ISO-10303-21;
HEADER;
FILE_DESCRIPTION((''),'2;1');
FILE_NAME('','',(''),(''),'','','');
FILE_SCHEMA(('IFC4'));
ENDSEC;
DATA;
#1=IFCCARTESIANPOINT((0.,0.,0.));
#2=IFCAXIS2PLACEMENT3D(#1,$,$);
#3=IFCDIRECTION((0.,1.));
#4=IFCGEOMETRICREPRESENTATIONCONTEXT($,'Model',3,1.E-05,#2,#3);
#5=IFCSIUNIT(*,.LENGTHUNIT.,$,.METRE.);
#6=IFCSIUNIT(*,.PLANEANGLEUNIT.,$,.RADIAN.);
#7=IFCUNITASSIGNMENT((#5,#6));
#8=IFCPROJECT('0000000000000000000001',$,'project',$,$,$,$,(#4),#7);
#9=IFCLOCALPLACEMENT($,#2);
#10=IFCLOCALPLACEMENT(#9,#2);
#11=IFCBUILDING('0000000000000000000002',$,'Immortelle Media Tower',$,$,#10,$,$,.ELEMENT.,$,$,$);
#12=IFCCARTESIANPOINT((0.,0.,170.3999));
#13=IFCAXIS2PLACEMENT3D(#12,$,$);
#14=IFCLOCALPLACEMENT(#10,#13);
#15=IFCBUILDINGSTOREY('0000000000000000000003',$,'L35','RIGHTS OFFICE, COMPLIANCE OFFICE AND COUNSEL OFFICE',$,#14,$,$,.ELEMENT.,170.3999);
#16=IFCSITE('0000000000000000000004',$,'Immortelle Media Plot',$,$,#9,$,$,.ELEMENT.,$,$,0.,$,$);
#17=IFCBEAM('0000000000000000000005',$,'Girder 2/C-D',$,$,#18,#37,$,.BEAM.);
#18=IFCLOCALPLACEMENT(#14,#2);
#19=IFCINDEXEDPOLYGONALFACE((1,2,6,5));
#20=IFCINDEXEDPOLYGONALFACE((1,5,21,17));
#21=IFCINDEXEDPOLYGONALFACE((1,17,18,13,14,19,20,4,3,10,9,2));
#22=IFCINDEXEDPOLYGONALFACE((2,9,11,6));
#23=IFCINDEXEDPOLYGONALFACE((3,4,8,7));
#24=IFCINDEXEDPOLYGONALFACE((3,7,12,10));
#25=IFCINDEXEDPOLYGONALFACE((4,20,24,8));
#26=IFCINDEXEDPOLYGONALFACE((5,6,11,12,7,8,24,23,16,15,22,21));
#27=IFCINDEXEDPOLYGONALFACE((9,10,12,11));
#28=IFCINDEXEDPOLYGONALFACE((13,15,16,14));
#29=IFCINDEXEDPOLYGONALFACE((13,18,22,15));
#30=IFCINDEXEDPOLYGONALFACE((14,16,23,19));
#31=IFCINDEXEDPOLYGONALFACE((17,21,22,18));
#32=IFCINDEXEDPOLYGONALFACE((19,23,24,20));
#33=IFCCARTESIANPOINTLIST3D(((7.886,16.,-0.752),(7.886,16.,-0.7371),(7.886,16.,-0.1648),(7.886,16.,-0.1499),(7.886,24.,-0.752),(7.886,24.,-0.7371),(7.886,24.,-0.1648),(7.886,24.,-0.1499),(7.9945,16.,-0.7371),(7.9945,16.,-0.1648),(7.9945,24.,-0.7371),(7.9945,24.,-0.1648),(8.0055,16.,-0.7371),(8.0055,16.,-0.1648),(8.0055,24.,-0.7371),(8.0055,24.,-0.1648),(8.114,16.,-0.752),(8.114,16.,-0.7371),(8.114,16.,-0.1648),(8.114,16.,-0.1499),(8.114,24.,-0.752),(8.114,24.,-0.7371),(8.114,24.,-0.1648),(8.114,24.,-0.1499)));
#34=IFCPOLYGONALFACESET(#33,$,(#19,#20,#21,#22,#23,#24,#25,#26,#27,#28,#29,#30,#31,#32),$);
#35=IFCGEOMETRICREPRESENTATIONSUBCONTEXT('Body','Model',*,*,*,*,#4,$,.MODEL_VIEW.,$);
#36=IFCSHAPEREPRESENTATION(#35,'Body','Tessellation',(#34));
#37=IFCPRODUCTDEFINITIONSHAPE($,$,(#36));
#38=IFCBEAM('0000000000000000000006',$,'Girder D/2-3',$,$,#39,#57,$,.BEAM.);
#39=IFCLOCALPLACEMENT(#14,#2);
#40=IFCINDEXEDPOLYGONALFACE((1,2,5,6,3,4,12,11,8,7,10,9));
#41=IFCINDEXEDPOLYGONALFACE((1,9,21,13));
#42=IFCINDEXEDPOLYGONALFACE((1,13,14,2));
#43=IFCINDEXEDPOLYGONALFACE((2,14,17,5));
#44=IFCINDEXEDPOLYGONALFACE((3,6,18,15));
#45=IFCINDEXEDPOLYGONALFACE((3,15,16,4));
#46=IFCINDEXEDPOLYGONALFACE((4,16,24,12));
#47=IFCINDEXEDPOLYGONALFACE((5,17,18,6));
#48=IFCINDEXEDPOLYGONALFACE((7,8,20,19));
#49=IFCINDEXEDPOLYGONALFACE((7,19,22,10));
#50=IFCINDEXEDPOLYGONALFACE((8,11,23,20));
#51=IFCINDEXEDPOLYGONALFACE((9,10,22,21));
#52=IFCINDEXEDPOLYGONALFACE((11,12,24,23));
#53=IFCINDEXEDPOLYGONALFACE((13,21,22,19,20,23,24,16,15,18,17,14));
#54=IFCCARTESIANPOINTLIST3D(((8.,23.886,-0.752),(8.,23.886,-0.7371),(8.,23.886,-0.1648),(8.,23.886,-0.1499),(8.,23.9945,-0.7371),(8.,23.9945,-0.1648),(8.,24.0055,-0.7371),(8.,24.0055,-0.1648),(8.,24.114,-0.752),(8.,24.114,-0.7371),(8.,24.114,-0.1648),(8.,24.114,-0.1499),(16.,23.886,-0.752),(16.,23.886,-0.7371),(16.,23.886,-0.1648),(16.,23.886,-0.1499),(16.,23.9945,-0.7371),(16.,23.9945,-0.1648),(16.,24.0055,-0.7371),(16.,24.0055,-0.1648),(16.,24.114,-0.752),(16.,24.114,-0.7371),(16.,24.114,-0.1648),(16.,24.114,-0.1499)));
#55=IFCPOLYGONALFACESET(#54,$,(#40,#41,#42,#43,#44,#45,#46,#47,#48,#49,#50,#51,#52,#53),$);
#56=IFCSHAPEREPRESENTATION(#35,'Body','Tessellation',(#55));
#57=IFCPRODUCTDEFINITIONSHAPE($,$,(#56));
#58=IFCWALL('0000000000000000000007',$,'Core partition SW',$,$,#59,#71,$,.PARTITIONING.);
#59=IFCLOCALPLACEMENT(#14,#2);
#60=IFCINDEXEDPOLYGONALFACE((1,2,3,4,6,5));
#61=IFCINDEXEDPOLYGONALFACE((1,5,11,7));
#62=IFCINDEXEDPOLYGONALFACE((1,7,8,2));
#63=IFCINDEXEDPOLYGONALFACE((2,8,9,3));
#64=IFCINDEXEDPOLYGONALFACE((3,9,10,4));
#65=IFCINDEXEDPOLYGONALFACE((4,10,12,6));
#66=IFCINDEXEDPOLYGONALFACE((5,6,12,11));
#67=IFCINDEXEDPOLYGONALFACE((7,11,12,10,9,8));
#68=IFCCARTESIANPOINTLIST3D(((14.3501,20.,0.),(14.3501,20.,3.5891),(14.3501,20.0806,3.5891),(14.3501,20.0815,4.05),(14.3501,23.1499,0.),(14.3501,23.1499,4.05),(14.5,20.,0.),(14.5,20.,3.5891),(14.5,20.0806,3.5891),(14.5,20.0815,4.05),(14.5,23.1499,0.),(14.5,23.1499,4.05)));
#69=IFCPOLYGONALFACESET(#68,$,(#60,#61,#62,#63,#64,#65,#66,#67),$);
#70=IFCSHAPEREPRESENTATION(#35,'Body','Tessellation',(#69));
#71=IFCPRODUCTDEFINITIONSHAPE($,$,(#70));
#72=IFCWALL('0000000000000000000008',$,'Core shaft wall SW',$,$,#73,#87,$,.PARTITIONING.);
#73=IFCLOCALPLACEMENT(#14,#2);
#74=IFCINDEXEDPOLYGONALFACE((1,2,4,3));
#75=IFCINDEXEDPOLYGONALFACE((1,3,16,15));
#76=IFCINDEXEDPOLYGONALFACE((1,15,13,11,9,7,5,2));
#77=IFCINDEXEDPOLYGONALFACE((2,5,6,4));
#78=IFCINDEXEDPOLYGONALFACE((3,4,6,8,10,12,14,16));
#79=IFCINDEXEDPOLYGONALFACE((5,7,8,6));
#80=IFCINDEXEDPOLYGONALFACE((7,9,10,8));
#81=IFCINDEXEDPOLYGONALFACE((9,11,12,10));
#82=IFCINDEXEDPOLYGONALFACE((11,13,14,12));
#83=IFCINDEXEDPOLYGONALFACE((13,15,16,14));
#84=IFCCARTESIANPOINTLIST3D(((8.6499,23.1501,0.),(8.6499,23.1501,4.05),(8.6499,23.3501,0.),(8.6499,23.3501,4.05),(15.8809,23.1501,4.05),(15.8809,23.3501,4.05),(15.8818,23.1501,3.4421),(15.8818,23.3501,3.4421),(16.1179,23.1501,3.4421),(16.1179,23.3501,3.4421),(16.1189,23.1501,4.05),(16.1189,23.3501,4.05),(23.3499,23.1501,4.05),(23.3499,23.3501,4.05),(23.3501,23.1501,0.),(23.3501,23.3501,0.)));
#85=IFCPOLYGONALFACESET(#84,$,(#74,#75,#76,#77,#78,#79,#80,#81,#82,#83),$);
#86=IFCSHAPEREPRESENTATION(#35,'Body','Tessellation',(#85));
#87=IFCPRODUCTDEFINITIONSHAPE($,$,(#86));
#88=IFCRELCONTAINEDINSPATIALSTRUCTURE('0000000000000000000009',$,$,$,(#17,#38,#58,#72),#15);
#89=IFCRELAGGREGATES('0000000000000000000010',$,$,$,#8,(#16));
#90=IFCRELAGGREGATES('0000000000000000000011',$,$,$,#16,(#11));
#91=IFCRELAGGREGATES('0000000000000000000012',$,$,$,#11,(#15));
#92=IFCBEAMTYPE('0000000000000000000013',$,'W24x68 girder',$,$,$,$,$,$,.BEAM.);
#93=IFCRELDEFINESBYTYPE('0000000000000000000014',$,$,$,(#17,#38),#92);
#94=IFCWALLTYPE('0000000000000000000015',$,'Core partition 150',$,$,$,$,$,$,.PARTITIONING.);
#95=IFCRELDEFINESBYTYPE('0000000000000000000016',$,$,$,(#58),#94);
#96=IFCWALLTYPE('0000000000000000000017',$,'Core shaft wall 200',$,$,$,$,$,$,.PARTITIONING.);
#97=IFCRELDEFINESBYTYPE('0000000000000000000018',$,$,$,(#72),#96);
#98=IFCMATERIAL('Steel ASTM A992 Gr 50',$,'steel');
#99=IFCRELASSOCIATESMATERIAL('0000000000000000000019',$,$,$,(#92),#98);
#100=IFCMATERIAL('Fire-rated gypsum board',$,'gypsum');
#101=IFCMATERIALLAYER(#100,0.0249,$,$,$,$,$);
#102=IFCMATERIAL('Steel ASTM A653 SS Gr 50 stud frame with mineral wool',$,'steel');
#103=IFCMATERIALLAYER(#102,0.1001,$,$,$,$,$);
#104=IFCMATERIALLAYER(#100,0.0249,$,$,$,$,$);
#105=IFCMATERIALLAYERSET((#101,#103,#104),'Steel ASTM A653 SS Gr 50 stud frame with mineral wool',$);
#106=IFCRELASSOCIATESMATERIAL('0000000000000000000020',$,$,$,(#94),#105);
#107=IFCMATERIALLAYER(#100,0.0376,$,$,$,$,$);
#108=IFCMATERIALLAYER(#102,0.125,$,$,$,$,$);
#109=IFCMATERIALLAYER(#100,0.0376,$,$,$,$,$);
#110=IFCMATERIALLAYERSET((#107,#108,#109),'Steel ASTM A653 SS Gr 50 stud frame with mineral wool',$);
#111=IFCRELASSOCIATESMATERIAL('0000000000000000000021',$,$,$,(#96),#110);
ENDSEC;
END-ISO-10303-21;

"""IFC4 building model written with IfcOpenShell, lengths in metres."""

from ifc_helpers import new_model, si_unit, direction, frame, origin, origin_2d, place, context, subcontext, project, spatial, polyline, i_section, outline, extrude, material, layer, layer_set, material_profile, profile_set, type_object, element, save


model = new_model("IFC4")

# Units and contexts
model_context = context("Model", 3, precision=1e-05, world=origin(), true_north=direction((0.0, 1.0)))
body_context = subcontext(model_context, "Body", "Model", "MODEL_VIEW")
ifc_project = project(units=[si_unit("LENGTHUNIT", "METRE"), si_unit("PLANEANGLEUNIT", "RADIAN")], contexts=[model_context])

# Site, building, storey
site_placement = place(None, origin())
site = spatial("IfcSite", under=ifc_project, at=site_placement, Name="Immortelle Media Plot", CompositionType="ELEMENT", RefElevation=0.0)
building_placement = place(site_placement, origin())
building = spatial("IfcBuilding", under=site, at=building_placement, Name="Immortelle Media Tower", CompositionType="ELEMENT")
storey_placement = place(building_placement, frame((0.0, 0.0, 170.3999)))
storey = spatial("IfcBuildingStorey", under=building, at=storey_placement, Name="L35", Description="RIGHTS OFFICE, COMPLIANCE OFFICE AND COUNSEL OFFICE", CompositionType="ELEMENT", Elevation=170.3999)

# Shared definitions
ifc_material_1 = material(Name="Steel ASTM A992 Gr 50", Category="steel")

# Beams
ifc_material_profile_1 = material_profile(ifc_material_1, i_section(OverallWidth=0.228, OverallDepth=0.6021, WebThickness=0.011, FlangeThickness=0.0149, at=origin_2d()), Name="W24x68")
ifc_profile_set_1 = profile_set([ifc_material_profile_1], Name="Steel ASTM A992 Gr 50")
beam_type_1 = type_object("IfcBeamType", Name="W24x68 girder", PredefinedType="BEAM", material=ifc_profile_set_1)
for number, where, z_axis, x_axis, name in (
    (1, (8.0, 16.0, -0.4509), (0.0, 1.0, 0.0), (-1.0, 0.0, 0.0), "Girder 2/C-D"),
    (2, (8.0, 24.0, -0.4509), (1.0, 0.0, 0.0), (0.0, 1.0, 0.0), "Girder D/2-3"),
):
    element("IfcBeam", number, at=place(storey_placement, frame(where, z_axis=z_axis, x_axis=x_axis)), inside=storey, type_object=beam_type_1, Name=name, PredefinedType="BEAM", context=body_context, shape_type="SweptSolid", body=[
        extrude(i_section(OverallWidth=0.228, OverallDepth=0.6021, WebThickness=0.011, FlangeThickness=0.0149, at=origin_2d()), origin(), (0.0, 0.0, 1.0), 8.0),
    ])

# Walls
ifc_material_2 = material(Name="Fire-rated gypsum board", Category="gypsum")
ifc_layer_1 = layer(ifc_material_2, 0.0249)
ifc_material_3 = material(Name="Steel ASTM A653 SS Gr 50 stud frame with mineral wool", Category="steel")
ifc_layer_2 = layer(ifc_material_3, 0.1001)
ifc_layer_3 = layer(ifc_material_2, 0.0249)
ifc_layer_set_1 = layer_set([ifc_layer_1, ifc_layer_2, ifc_layer_3], Name="Steel ASTM A653 SS Gr 50 stud frame with mineral wool")
wall_type_1 = type_object("IfcWallType", Name="Core partition 150", PredefinedType="PARTITIONING", material=ifc_layer_set_1)
wall_1_placement = place(storey_placement, frame((14.425, 20.0, 0.0), z_axis=(0.0, 0.0, 1.0), x_axis=(0.0, 1.0, 0.0)))
element("IfcWall", 3, at=wall_1_placement, inside=storey, type_object=wall_type_1, Name="Core partition SW", PredefinedType="PARTITIONING", context=body_context, shape_type="SweptSolid", body=[
    extrude(outline(polyline([(0.0, 0.0), (3.1499, 0.0), (3.1499, 4.05), (0.0815, 4.05), (0.0806, 3.5891), (0.0, 3.5891), (0.0, 0.0)])), frame((0.0, 0.075, 0.0), z_axis=(0.0, -1.0, 0.0), x_axis=(1.0, 0.0, 0.0)), (0.0, 0.0, 1.0), 0.1499),
])
ifc_layer_4 = layer(ifc_material_2, 0.0376)
ifc_layer_5 = layer(ifc_material_3, 0.125)
ifc_layer_6 = layer(ifc_material_2, 0.0376)
ifc_layer_set_2 = layer_set([ifc_layer_4, ifc_layer_5, ifc_layer_6], Name="Steel ASTM A653 SS Gr 50 stud frame with mineral wool")
wall_type_2 = type_object("IfcWallType", Name="Core shaft wall 200", PredefinedType="PARTITIONING", material=ifc_layer_set_2)
wall_2_placement = place(storey_placement, frame((8.6499, 23.25, 0.0), z_axis=(0.0, 0.0, 1.0), x_axis=(1.0, 0.0, 0.0)))
element("IfcWall", 4, at=wall_2_placement, inside=storey, type_object=wall_type_2, Name="Core shaft wall SW", PredefinedType="PARTITIONING", context=body_context, shape_type="SweptSolid", body=[
    extrude(outline(polyline([(0.0, 0.0), (14.7002, 0.0), (14.7, 4.05), (7.469, 4.05), (7.468, 3.4421), (7.2319, 3.4421), (7.231, 4.05), (0.0, 4.05), (0.0, 0.0)])), frame((0.0, 0.1001, 0.0), z_axis=(0.0, -1.0, 0.0), x_axis=(1.0, 0.0, 0.0)), (0.0, 0.0, 1.0), 0.2),
])

save(model, "model.ifc")
